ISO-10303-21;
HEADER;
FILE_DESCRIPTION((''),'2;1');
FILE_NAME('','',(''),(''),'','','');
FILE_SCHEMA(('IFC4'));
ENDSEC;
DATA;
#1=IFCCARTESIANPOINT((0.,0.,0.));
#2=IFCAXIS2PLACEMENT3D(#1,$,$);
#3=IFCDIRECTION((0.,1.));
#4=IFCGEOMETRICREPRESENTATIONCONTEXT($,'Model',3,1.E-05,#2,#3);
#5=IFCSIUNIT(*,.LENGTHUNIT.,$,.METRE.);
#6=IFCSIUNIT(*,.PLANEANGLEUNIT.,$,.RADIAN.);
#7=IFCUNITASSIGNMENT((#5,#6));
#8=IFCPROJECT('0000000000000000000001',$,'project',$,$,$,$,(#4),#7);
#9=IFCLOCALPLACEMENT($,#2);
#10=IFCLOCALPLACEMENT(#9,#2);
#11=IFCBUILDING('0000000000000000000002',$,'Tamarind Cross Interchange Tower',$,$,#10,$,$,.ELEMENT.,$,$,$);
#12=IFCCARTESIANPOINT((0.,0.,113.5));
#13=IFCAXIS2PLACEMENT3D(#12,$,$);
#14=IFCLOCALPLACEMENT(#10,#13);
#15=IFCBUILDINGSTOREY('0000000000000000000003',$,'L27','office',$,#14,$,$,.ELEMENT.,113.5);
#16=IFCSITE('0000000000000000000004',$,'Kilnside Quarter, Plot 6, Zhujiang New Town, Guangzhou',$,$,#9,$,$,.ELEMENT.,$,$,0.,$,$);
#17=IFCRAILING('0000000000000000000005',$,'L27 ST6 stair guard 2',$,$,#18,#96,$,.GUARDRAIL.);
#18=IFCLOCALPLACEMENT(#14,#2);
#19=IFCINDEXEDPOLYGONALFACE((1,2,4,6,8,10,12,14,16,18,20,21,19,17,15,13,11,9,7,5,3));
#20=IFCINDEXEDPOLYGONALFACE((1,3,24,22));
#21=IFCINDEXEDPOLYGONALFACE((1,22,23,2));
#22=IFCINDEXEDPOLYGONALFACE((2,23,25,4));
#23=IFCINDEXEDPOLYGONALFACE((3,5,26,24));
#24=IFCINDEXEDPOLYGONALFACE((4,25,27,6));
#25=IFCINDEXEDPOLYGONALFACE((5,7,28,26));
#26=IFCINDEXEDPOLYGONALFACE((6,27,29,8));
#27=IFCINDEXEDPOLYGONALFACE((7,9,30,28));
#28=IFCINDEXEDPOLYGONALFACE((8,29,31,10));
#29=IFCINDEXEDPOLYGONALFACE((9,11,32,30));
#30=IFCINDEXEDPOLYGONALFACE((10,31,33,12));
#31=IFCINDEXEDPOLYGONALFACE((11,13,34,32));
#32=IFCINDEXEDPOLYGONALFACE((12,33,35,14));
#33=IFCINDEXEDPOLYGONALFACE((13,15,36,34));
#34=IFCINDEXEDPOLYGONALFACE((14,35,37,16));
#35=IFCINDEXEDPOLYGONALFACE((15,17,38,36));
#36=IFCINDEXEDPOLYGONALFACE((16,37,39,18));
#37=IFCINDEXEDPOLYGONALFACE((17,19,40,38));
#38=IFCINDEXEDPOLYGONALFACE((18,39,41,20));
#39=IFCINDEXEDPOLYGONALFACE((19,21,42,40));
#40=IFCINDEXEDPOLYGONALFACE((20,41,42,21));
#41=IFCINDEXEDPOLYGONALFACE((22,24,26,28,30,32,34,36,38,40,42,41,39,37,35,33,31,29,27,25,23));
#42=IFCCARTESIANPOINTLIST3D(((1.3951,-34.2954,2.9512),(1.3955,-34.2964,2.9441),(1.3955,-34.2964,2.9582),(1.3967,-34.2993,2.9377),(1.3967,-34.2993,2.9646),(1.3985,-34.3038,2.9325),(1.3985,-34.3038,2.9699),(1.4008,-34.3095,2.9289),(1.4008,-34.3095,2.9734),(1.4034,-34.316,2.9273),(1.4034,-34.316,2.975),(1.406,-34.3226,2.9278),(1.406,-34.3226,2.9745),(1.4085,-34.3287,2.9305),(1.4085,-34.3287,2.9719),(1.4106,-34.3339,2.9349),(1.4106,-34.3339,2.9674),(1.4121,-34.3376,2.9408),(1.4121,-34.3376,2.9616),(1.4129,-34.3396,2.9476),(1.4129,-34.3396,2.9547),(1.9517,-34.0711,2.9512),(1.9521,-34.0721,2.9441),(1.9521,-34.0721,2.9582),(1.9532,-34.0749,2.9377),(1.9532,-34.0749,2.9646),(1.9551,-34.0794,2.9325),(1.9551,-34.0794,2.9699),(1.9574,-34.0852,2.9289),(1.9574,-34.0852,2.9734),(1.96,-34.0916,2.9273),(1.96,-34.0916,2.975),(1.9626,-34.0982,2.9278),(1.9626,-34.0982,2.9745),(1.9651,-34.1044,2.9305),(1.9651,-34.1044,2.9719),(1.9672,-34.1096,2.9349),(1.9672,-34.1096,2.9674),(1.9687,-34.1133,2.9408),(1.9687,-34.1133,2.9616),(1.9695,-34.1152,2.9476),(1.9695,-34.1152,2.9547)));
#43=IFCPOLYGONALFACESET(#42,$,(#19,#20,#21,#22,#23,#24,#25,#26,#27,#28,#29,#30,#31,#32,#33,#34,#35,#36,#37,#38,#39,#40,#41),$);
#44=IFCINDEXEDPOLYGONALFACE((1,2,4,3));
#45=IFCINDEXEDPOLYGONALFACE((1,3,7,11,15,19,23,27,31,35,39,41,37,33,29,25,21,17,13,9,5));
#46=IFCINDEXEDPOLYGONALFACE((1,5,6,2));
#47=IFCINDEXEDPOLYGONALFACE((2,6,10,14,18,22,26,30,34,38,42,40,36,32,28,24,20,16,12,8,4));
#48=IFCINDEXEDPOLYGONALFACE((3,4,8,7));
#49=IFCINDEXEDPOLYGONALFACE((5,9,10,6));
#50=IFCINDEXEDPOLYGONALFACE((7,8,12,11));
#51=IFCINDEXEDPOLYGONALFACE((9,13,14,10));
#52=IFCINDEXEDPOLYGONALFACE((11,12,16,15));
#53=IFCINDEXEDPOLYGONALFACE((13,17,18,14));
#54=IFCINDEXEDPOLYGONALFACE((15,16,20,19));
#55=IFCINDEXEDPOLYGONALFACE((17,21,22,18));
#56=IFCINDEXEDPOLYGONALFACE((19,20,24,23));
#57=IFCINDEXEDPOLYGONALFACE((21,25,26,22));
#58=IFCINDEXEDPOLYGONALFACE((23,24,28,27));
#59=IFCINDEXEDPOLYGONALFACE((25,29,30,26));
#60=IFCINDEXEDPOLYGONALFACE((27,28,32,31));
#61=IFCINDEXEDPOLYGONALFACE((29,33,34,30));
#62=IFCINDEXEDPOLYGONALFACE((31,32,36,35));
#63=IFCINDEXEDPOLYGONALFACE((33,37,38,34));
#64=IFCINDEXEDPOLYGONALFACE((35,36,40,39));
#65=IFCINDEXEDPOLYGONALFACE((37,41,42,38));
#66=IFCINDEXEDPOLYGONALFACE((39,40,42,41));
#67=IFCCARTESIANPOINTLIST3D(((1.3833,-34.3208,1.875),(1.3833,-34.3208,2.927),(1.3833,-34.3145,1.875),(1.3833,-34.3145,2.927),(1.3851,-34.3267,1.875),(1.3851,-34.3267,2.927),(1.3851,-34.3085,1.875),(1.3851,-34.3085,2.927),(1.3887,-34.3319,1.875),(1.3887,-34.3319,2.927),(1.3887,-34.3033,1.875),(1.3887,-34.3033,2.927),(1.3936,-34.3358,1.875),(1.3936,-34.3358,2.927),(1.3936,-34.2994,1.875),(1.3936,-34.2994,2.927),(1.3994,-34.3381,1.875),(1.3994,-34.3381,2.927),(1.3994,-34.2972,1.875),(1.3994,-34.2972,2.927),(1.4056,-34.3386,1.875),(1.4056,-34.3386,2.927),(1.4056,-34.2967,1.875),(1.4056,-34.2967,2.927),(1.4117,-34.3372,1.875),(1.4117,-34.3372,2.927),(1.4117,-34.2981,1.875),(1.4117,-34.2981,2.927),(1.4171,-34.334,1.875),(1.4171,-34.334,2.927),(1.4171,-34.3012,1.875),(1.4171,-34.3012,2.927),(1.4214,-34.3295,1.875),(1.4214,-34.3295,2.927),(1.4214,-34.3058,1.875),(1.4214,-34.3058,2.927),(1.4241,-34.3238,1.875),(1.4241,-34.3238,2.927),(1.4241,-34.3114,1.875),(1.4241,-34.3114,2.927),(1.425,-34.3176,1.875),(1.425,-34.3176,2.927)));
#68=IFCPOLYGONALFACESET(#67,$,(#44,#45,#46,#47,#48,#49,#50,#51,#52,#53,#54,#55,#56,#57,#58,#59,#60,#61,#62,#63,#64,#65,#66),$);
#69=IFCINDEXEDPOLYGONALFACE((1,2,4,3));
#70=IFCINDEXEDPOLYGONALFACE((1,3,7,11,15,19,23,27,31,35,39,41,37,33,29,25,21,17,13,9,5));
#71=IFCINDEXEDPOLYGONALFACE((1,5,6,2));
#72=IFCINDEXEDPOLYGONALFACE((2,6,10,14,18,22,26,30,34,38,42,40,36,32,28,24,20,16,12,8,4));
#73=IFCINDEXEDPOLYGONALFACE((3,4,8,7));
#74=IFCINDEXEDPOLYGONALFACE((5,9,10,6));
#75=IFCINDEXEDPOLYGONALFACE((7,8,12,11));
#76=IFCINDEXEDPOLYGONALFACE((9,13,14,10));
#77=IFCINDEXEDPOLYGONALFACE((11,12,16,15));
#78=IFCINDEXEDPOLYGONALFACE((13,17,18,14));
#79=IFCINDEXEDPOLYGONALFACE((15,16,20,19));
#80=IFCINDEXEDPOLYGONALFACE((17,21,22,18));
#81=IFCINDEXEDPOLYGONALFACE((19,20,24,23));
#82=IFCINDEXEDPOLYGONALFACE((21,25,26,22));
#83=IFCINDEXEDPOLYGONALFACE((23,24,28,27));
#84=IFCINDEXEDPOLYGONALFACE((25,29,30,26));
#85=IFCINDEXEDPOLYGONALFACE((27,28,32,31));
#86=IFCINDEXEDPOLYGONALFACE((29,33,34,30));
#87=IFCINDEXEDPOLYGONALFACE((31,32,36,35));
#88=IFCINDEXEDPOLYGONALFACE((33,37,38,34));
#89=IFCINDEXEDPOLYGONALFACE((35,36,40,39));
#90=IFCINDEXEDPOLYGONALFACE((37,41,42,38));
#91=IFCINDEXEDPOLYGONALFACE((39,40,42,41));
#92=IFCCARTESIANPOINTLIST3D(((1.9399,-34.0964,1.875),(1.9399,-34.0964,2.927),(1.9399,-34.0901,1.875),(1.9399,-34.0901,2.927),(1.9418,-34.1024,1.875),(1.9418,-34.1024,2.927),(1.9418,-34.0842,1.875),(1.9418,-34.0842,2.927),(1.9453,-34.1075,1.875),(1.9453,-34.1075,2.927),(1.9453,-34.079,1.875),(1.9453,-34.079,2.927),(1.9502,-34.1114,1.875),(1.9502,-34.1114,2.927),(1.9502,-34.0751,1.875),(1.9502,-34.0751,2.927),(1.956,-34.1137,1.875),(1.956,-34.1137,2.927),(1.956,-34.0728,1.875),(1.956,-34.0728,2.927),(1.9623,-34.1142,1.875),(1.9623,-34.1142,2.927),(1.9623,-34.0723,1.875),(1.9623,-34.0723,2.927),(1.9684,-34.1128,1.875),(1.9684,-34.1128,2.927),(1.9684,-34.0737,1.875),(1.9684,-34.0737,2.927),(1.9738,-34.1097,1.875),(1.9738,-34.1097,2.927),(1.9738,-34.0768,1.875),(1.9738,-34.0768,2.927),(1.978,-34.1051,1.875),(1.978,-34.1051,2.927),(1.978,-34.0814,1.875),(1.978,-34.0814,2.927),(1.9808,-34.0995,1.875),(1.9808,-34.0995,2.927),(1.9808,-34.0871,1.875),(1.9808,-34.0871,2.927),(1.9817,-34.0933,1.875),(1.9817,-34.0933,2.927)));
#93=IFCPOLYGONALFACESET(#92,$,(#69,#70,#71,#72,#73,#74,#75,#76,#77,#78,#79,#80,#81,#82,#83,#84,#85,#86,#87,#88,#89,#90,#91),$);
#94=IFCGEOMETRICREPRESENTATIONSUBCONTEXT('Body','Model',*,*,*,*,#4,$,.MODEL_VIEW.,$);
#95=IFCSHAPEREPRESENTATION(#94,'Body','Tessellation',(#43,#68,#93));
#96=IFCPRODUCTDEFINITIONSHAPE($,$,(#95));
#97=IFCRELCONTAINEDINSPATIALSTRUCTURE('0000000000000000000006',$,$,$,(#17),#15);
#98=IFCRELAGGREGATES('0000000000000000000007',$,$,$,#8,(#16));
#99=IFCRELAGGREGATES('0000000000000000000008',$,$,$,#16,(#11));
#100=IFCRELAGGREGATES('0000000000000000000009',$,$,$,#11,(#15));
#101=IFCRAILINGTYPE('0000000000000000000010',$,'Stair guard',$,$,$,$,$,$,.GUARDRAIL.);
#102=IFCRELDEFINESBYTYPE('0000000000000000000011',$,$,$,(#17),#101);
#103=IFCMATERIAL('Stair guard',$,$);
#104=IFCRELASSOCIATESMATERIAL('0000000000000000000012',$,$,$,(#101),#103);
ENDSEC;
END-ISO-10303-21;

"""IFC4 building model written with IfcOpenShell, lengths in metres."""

from ifc_helpers import new_model, si_unit, direction, frame, origin, origin_2d, place, context, subcontext, project, spatial, circle, extrude, material, type_object, element, save


model = new_model("IFC4")

# Units and contexts
model_context = context("Model", 3, precision=1e-05, world=origin(), true_north=direction((0.0, 1.0)))
body_context = subcontext(model_context, "Body", "Model", "MODEL_VIEW")
ifc_project = project(units=[si_unit("LENGTHUNIT", "METRE"), si_unit("PLANEANGLEUNIT", "RADIAN")], contexts=[model_context])

# Site, building, storey
site_placement = place(None, origin())
site = spatial("IfcSite", under=ifc_project, at=site_placement, Name="Kilnside Quarter, Plot 6, Zhujiang New Town, Guangzhou", CompositionType="ELEMENT", RefElevation=0.0)
building_placement = place(site_placement, origin())
building = spatial("IfcBuilding", under=site, at=building_placement, Name="Tamarind Cross Interchange Tower", CompositionType="ELEMENT")
storey_placement = place(building_placement, frame((0.0, 0.0, 113.5)))
storey = spatial("IfcBuildingStorey", under=building, at=storey_placement, Name="L27", Description="office", CompositionType="ELEMENT", Elevation=113.5)

# Railing
ifc_material_1 = material(Name="Stair guard")
railing_type_1 = type_object("IfcRailingType", Name="Stair guard", PredefinedType="GUARDRAIL", material=ifc_material_1)
railing_1_placement = place(storey_placement, frame((1.4041, -34.3176, 1.875)))
element("IfcRailing", 1, at=railing_1_placement, inside=storey, type_object=railing_type_1, Name="L27 ST6 stair guard 2", PredefinedType="GUARDRAIL", context=body_context, shape_type="SweptSolid", body=[
    extrude(circle(Radius=0.0239, at=origin_2d()), frame((0.0, 0.0, 1.0762), z_axis=(0.927492, 0.373844, 0.0), x_axis=(-0.373844, 0.927492, 0.0)), (0.0, 0.0, 1.0), 0.6001),
    extrude(circle(Radius=0.021, at=origin_2d()), origin(), (0.0, 0.0, 1.0), 1.052),
    extrude(circle(Radius=0.021, at=origin_2d()), frame((0.5566, 0.2244, 0.0)), (0.0, 0.0, 1.0), 1.052),
])

save(model, "model.ifc")
